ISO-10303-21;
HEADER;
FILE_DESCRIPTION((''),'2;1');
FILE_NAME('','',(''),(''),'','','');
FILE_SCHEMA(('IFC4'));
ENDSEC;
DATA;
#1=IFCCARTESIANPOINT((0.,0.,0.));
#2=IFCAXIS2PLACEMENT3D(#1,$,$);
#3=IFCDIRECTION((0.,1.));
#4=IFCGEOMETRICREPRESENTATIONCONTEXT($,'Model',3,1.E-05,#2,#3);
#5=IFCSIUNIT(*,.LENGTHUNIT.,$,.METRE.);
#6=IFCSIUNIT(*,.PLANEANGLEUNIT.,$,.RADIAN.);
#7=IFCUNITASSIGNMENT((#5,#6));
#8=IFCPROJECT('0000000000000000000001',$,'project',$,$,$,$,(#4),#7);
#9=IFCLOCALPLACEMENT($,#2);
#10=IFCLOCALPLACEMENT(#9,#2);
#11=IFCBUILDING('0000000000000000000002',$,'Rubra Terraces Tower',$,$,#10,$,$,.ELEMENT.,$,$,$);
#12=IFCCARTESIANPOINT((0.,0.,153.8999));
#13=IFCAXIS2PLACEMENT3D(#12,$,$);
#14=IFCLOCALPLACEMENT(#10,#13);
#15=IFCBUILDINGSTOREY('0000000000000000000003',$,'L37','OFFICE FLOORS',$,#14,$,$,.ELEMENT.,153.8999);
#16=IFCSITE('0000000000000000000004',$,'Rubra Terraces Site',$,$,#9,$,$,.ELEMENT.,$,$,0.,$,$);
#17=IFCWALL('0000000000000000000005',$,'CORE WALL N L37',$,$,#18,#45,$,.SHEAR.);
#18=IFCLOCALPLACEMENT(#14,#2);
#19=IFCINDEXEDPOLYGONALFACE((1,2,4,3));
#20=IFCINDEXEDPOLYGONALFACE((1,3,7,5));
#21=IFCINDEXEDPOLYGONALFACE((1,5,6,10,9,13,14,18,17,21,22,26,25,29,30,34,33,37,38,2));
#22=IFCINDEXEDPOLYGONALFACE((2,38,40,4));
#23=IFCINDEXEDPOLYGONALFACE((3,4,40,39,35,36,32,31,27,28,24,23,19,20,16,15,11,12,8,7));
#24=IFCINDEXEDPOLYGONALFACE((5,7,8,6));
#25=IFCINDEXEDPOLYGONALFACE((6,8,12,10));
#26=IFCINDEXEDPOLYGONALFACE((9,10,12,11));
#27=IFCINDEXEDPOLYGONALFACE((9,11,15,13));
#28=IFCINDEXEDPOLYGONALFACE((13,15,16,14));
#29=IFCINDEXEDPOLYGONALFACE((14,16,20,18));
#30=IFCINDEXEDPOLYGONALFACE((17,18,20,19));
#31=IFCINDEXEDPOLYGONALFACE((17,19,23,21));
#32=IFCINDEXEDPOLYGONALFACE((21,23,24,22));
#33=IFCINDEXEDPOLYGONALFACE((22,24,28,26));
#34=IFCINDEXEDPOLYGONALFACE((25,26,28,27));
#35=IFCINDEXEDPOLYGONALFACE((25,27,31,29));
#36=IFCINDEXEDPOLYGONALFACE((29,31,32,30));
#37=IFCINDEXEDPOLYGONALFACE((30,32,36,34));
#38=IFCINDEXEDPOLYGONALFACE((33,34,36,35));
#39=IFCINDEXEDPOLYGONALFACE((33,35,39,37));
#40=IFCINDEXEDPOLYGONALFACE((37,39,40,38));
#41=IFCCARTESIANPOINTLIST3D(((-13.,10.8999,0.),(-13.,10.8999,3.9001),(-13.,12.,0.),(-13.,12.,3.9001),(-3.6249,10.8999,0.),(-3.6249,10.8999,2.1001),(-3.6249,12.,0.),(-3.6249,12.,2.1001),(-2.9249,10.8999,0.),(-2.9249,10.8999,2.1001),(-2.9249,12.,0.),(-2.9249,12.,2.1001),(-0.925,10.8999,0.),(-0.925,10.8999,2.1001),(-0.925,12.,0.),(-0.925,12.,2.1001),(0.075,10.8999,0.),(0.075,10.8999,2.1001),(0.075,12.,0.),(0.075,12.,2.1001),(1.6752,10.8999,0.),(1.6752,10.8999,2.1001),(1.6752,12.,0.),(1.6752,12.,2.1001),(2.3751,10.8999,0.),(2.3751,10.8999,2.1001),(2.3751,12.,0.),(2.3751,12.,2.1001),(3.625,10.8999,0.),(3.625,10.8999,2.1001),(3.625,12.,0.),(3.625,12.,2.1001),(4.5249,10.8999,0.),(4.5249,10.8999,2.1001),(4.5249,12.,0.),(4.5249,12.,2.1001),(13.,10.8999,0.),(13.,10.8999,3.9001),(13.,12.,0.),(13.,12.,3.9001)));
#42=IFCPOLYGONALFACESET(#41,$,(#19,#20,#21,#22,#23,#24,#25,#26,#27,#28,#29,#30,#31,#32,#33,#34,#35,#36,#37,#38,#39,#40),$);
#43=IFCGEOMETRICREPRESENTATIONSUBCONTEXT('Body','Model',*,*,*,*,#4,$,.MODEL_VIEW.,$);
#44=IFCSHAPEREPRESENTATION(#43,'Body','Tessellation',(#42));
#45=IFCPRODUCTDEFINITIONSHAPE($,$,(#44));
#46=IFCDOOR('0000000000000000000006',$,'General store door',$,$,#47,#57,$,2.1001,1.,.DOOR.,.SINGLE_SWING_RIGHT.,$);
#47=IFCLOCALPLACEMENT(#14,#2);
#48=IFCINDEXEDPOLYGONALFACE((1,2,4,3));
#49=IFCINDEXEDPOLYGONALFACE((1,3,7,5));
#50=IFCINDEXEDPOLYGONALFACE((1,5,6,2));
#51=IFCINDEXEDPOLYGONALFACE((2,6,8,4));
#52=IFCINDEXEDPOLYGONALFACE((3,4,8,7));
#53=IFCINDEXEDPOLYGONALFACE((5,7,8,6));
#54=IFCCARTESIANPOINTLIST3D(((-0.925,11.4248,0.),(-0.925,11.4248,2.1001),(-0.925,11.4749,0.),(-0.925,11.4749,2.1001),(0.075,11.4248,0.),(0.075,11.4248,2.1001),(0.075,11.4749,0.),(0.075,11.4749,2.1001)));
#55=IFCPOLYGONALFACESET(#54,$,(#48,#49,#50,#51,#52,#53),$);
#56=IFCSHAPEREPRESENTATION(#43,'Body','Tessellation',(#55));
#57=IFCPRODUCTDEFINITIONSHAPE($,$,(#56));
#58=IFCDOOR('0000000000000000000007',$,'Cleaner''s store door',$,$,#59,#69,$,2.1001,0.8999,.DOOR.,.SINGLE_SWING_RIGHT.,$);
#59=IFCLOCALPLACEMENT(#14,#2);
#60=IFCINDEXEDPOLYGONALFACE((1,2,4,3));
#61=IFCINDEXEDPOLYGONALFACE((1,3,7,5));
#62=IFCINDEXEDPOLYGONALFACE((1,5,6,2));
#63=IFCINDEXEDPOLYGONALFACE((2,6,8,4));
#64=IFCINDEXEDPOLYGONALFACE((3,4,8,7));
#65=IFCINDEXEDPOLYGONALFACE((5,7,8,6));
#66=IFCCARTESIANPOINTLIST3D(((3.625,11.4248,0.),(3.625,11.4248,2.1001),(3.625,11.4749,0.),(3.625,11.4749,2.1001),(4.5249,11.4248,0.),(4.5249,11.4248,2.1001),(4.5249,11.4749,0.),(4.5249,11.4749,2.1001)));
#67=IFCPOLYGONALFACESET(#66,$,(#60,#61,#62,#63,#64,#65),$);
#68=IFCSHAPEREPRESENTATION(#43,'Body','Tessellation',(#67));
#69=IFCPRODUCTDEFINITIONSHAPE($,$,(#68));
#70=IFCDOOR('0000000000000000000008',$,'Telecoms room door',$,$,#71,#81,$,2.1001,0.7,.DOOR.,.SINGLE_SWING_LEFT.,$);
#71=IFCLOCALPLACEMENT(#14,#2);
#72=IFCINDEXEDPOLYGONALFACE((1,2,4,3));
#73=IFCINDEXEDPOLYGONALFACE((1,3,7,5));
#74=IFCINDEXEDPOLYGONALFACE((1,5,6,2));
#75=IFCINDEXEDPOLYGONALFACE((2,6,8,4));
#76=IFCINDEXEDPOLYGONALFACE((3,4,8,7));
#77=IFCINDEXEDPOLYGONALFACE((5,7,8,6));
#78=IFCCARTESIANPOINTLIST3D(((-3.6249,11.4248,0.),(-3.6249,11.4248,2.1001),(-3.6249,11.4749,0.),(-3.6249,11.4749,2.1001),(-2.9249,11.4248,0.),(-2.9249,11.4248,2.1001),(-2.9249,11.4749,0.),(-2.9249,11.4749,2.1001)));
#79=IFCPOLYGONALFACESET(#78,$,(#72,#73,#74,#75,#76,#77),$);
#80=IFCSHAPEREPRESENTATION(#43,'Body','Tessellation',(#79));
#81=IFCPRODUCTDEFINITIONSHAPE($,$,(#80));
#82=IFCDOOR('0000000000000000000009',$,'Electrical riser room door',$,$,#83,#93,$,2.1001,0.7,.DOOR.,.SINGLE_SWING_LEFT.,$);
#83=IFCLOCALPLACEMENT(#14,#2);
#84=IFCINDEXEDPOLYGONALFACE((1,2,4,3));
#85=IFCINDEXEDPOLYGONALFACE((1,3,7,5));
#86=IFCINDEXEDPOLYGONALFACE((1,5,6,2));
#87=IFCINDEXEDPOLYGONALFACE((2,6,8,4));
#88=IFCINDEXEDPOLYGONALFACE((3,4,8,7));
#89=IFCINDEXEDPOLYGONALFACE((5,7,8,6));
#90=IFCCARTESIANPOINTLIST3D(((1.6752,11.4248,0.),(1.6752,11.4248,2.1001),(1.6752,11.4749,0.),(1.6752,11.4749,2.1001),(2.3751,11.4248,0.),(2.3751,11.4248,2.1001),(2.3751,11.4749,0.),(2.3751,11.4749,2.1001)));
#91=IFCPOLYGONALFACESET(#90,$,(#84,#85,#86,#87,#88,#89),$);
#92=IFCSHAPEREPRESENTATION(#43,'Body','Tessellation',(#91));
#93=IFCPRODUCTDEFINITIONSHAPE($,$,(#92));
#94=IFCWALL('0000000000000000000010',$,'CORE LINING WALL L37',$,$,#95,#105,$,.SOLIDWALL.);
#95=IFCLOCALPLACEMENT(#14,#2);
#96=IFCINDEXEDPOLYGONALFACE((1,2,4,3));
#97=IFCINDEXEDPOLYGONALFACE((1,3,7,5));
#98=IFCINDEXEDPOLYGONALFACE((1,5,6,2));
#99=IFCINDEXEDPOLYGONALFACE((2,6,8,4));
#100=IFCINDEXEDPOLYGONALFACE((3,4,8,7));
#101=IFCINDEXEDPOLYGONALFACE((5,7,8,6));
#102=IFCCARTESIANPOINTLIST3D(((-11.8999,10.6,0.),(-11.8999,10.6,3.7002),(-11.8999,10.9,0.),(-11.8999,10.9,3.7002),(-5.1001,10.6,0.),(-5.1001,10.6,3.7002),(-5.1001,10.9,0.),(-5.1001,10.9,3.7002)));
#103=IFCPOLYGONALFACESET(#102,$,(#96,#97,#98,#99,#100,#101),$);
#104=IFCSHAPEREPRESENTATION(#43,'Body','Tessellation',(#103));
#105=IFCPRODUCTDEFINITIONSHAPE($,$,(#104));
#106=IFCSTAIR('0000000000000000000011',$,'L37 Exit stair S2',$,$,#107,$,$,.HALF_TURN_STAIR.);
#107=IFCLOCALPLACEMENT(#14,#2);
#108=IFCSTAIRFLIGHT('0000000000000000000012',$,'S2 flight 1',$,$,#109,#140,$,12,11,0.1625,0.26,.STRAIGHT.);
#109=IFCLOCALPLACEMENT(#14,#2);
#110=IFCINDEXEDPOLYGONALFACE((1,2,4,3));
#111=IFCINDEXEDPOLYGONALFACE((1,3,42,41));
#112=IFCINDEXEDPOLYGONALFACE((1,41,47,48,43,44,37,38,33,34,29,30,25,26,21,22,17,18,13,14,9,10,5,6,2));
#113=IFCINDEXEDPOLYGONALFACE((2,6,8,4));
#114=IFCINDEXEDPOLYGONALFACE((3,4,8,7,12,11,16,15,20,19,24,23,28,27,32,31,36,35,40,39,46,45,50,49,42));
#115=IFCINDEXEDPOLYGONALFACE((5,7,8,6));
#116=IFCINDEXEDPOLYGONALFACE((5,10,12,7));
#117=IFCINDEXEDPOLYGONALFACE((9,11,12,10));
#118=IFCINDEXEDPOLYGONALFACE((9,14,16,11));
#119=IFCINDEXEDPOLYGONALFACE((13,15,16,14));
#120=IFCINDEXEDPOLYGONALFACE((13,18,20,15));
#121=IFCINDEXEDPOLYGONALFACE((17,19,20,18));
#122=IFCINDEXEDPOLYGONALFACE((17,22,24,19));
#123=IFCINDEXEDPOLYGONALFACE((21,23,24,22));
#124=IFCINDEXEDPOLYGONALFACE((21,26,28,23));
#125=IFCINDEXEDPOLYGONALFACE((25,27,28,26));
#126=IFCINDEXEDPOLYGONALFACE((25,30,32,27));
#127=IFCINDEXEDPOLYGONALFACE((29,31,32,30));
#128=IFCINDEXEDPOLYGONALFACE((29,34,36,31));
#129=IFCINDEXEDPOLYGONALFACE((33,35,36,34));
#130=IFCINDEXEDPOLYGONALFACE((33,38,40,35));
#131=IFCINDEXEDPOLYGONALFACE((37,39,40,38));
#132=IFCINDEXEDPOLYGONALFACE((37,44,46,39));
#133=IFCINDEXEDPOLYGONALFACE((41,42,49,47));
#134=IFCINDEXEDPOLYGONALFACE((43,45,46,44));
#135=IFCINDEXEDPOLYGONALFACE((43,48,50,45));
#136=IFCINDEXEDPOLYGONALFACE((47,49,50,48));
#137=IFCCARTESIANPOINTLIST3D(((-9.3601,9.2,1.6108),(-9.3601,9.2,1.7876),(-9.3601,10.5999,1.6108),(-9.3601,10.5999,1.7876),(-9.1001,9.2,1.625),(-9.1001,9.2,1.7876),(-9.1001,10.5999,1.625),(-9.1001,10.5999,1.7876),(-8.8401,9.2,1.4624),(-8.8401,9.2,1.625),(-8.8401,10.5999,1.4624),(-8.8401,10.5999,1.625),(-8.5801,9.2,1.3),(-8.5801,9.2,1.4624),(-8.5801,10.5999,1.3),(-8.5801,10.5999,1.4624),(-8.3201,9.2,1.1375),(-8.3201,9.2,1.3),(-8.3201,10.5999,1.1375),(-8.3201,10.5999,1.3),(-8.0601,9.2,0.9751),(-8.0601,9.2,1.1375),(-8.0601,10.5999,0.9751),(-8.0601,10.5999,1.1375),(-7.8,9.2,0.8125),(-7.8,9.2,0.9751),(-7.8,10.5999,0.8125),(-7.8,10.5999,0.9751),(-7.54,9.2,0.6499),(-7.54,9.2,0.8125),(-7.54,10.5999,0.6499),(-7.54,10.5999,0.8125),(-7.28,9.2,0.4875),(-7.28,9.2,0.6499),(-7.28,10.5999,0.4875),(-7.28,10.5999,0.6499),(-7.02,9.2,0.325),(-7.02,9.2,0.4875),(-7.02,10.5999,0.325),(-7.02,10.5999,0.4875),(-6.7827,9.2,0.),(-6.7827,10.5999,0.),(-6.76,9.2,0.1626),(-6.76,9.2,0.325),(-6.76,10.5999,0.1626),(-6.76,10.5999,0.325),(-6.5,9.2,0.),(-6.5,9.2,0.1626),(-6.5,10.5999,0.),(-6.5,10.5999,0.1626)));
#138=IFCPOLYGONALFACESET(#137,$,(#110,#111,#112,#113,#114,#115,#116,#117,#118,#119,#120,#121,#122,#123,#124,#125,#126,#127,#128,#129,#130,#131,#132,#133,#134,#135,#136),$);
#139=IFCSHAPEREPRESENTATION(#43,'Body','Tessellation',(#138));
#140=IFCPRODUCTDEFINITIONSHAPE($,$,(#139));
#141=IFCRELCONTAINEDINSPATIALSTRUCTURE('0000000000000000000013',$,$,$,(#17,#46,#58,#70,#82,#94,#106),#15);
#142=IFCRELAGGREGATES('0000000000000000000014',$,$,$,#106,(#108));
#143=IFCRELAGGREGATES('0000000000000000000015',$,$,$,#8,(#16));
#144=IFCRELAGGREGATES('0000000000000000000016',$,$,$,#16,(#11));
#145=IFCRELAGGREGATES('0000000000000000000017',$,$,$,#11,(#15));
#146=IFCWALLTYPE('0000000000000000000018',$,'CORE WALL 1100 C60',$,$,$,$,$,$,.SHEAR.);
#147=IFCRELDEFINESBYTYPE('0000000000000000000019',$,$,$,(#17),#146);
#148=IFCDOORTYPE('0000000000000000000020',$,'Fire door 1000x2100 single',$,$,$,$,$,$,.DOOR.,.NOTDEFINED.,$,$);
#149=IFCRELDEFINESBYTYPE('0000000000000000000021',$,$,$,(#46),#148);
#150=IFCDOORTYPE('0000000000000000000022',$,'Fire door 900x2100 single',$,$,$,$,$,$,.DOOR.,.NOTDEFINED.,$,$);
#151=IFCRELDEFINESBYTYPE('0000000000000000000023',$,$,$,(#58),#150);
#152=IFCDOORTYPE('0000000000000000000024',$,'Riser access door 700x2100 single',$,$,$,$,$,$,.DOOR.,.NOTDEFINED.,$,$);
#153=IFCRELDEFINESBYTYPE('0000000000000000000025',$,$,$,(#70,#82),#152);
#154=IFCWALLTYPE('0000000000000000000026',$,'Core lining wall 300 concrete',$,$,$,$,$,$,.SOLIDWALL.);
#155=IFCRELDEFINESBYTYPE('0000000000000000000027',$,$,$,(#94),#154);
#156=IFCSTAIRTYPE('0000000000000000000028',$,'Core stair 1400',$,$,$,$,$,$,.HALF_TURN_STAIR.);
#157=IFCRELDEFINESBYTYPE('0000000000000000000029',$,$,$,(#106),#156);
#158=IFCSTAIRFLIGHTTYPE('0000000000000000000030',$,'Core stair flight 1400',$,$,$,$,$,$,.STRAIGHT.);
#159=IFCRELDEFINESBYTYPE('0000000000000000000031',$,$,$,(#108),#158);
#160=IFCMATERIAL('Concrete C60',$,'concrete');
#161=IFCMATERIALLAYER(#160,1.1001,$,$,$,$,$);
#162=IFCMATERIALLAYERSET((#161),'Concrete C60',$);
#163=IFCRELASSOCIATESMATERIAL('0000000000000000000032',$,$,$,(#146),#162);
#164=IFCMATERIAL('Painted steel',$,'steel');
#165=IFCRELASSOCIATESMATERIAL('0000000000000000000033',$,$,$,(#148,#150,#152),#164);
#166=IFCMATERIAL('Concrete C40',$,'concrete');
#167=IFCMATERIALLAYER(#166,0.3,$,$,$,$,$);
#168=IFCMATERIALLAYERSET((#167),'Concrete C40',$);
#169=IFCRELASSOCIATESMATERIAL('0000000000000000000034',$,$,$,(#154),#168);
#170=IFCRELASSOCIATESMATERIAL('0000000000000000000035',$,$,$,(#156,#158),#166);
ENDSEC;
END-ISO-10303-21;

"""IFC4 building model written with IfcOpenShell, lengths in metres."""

from ifc_helpers import new_model, si_unit, direction, frame, frame_2d, origin, place, context, subcontext, project, spatial, polyline, rectangle, outline, extrude, material, layer, layer_set, type_object, element, fill, aggregate, save


model = new_model("IFC4")

# Units and contexts
model_context = context("Model", 3, precision=1e-05, world=origin(), true_north=direction((0.0, 1.0)))
body_context = subcontext(model_context, "Body", "Model", "MODEL_VIEW")
ifc_project = project(units=[si_unit("LENGTHUNIT", "METRE"), si_unit("PLANEANGLEUNIT", "RADIAN")], contexts=[model_context])

# Site, building, storey
site_placement = place(None, origin())
site = spatial("IfcSite", under=ifc_project, at=site_placement, Name="Rubra Terraces Site", CompositionType="ELEMENT", RefElevation=0.0)
building_placement = place(site_placement, origin())
building = spatial("IfcBuilding", under=site, at=building_placement, Name="Rubra Terraces Tower", CompositionType="ELEMENT")
storey_placement = place(building_placement, frame((0.0, 0.0, 153.8999)))
storey = spatial("IfcBuildingStorey", under=building, at=storey_placement, Name="L37", Description="OFFICE FLOORS", CompositionType="ELEMENT", Elevation=153.8999)

# Wall, openings, doors
ifc_material_1 = material(Name="Concrete C60", Category="concrete")
ifc_layer_1 = layer(ifc_material_1, 1.1001)
ifc_layer_set_1 = layer_set([ifc_layer_1], Name="Concrete C60")
wall_type_1 = type_object("IfcWallType", Name="CORE WALL 1100 C60", PredefinedType="SHEAR", material=ifc_layer_set_1)
wall_1_placement = place(storey_placement, frame((-13.0, 11.45, 0.0), z_axis=(0.0, 0.0, 1.0), x_axis=(1.0, 0.0, 0.0)))
wall_1 = element("IfcWall", 1, at=wall_1_placement, inside=storey, type_object=wall_type_1, Name="CORE WALL N L37", PredefinedType="SHEAR", context=body_context, shape_type="SweptSolid", body=[
    extrude(rectangle(XDim=26.0, YDim=1.1001, at=frame_2d((13.0, 0.0))), origin(), (0.0, 0.0, 1.0), 3.9001),
])
opening_1_placement = place(wall_1_placement, frame((9.375, 0.0, 0.0)))
opening_1 = element("IfcOpeningElement", 2, at=opening_1_placement, cuts=wall_1, PredefinedType="OPENING", context=body_context, shape_type="SweptSolid", body=[
    extrude(rectangle(XDim=0.7, YDim=2.1001, at=frame_2d((0.3501, 1.05))), frame((0.0, 0.5601, 0.0), z_axis=(0.0, -1.0, 0.0), x_axis=(1.0, 0.0, 0.0)), (0.0, 0.0, 1.0), 1.1201),
])
opening_2_placement = place(wall_1_placement, frame((12.075, 0.0, 0.0)))
opening_2 = element("IfcOpeningElement", 3, at=opening_2_placement, cuts=wall_1, PredefinedType="OPENING", context=body_context, shape_type="SweptSolid", body=[
    extrude(rectangle(XDim=1.0, YDim=2.1001, at=frame_2d((0.5, 1.05))), frame((0.0, 0.5601, 0.0), z_axis=(0.0, -1.0, 0.0), x_axis=(1.0, 0.0, 0.0)), (0.0, 0.0, 1.0), 1.1201),
])
opening_3_placement = place(wall_1_placement, frame((14.675, 0.0, 0.0)))
opening_3 = element("IfcOpeningElement", 4, at=opening_3_placement, cuts=wall_1, PredefinedType="OPENING", context=body_context, shape_type="SweptSolid", body=[
    extrude(rectangle(XDim=0.7, YDim=2.1001, at=frame_2d((0.3501, 1.05))), frame((0.0, 0.5601, 0.0), z_axis=(0.0, -1.0, 0.0), x_axis=(1.0, 0.0, 0.0)), (0.0, 0.0, 1.0), 1.1201),
])
opening_4_placement = place(wall_1_placement, frame((16.625, 0.0, 0.0)))
opening_4 = element("IfcOpeningElement", 5, at=opening_4_placement, cuts=wall_1, PredefinedType="OPENING", context=body_context, shape_type="SweptSolid", body=[
    extrude(rectangle(XDim=0.8999, YDim=2.1001, at=frame_2d((0.45, 1.05))), frame((0.0, 0.5601, 0.0), z_axis=(0.0, -1.0, 0.0), x_axis=(1.0, 0.0, 0.0)), (0.0, 0.0, 1.0), 1.1201),
])
ifc_material_2 = material(Name="Painted steel", Category="steel")
door_type_1 = type_object("IfcDoorType", Name="Fire door 1000x2100 single", OperationType="NOTDEFINED", PredefinedType="DOOR", material=ifc_material_2)
door_1_placement = place(opening_2_placement, origin())
door_1 = element("IfcDoor", 6, at=door_1_placement, inside=storey, type_object=door_type_1, Name="General store door", OperationType="SINGLE_SWING_RIGHT", OverallHeight=2.1001, OverallWidth=1.0, PredefinedType="DOOR", context=body_context, shape_type="SweptSolid", body=[
    extrude(rectangle(XDim=1.0, YDim=2.1001, at=frame_2d((0.5, 1.05))), frame((0.0, 0.0249, 0.0), z_axis=(0.0, -1.0, 0.0), x_axis=(1.0, 0.0, 0.0)), (0.0, 0.0, 1.0), 0.05),
])
fill(opening_2, door_1)
door_type_2 = type_object("IfcDoorType", Name="Fire door 900x2100 single", OperationType="NOTDEFINED", PredefinedType="DOOR", material=ifc_material_2)
door_2_placement = place(opening_4_placement, origin())
door_2 = element("IfcDoor", 7, at=door_2_placement, inside=storey, type_object=door_type_2, Name="Cleaner's store door", OperationType="SINGLE_SWING_RIGHT", OverallHeight=2.1001, OverallWidth=0.8999, PredefinedType="DOOR", context=body_context, shape_type="SweptSolid", body=[
    extrude(rectangle(XDim=0.8999, YDim=2.1001, at=frame_2d((0.45, 1.05))), frame((0.0, 0.0249, 0.0), z_axis=(0.0, -1.0, 0.0), x_axis=(1.0, 0.0, 0.0)), (0.0, 0.0, 1.0), 0.05),
])
fill(opening_4, door_2)
door_type_3 = type_object("IfcDoorType", Name="Riser access door 700x2100 single", OperationType="NOTDEFINED", PredefinedType="DOOR", material=ifc_material_2)
door_3_placement = place(opening_1_placement, origin())
door_3 = element("IfcDoor", 8, at=door_3_placement, inside=storey, type_object=door_type_3, Name="Telecoms room door", OperationType="SINGLE_SWING_LEFT", OverallHeight=2.1001, OverallWidth=0.7, PredefinedType="DOOR", context=body_context, shape_type="SweptSolid", body=[
    extrude(rectangle(XDim=0.7, YDim=2.1001, at=frame_2d((0.3501, 1.05))), frame((0.0, 0.0249, 0.0), z_axis=(0.0, -1.0, 0.0), x_axis=(1.0, 0.0, 0.0)), (0.0, 0.0, 1.0), 0.05),
])
fill(opening_1, door_3)
door_4_placement = place(opening_3_placement, origin())
door_4 = element("IfcDoor", 9, at=door_4_placement, inside=storey, type_object=door_type_3, Name="Electrical riser room door", OperationType="SINGLE_SWING_LEFT", OverallHeight=2.1001, OverallWidth=0.7, PredefinedType="DOOR", context=body_context, shape_type="SweptSolid", body=[
    extrude(rectangle(XDim=0.7, YDim=2.1001, at=frame_2d((0.3501, 1.05))), frame((0.0, 0.0249, 0.0), z_axis=(0.0, -1.0, 0.0), x_axis=(1.0, 0.0, 0.0)), (0.0, 0.0, 1.0), 0.05),
])
fill(opening_3, door_4)

# Wall
ifc_material_3 = material(Name="Concrete C40", Category="concrete")
ifc_layer_2 = layer(ifc_material_3, 0.3)
ifc_layer_set_2 = layer_set([ifc_layer_2], Name="Concrete C40")
wall_type_2 = type_object("IfcWallType", Name="Core lining wall 300 concrete", PredefinedType="SOLIDWALL", material=ifc_layer_set_2)
wall_2_placement = place(storey_placement, frame((-11.8999, 10.75, 0.0), z_axis=(0.0, 0.0, 1.0), x_axis=(1.0, 0.0, 0.0)))
element("IfcWall", 10, at=wall_2_placement, inside=storey, type_object=wall_type_2, Name="CORE LINING WALL L37", PredefinedType="SOLIDWALL", context=body_context, shape_type="SweptSolid", body=[
    extrude(rectangle(XDim=6.7998, YDim=0.3, at=frame_2d((3.3999, 0.0))), origin(), (0.0, 0.0, 1.0), 3.7002),
])

# Stair, stair flight
stair_type = type_object("IfcStairType", Name="Core stair 1400", PredefinedType="HALF_TURN_STAIR", material=ifc_material_3)
stair_placement = place(storey_placement, origin())
stair = element("IfcStair", 11, at=stair_placement, inside=storey, type_object=stair_type, Name="L37 Exit stair S2", PredefinedType="HALF_TURN_STAIR")
stair_flight_type = type_object("IfcStairFlightType", Name="Core stair flight 1400", PredefinedType="STRAIGHT", material=ifc_material_3)
stair_flight_placement = place(storey_placement, frame((-6.5, 9.8999, 0.0), z_axis=(0.0, 0.0, 1.0), x_axis=(-1.0, 0.0, 0.0)))
stair_flight = element("IfcStairFlight", 12, at=stair_flight_placement, type_object=stair_flight_type, Name="S2 flight 1", NumberOfRisers=12, NumberOfTreads=11, PredefinedType="STRAIGHT", RiserHeight=0.1625, TreadLength=0.26, context=body_context, shape_type="SweptSolid", body=[
    extrude(outline(polyline([(0.0, 0.0), (0.0, 0.1626), (0.26, 0.1626), (0.26, 0.325), (0.52, 0.325), (0.52, 0.4875), (0.78, 0.4875), (0.78, 0.6499), (1.04, 0.6499), (1.04, 0.8125), (1.3, 0.8125), (1.3, 0.9751), (1.5601, 0.9751), (1.5601, 1.1375), (1.8201, 1.1375), (1.8201, 1.3), (2.0801, 1.3), (2.0801, 1.4624), (2.3401, 1.4624), (2.3401, 1.625), (2.6001, 1.625), (2.6001, 1.7876), (2.8601, 1.7876), (2.8601, 1.95), (2.8601, 1.6108), (0.2827, 0.0), (0.0, 0.0)])), frame((0.0, 0.7, 0.0), z_axis=(0.0, -1.0, 0.0), x_axis=(1.0, 0.0, 0.0)), (0.0, 0.0, 1.0), 1.3999),
])
aggregate(stair, [stair_flight])

save(model, "model.ifc")
